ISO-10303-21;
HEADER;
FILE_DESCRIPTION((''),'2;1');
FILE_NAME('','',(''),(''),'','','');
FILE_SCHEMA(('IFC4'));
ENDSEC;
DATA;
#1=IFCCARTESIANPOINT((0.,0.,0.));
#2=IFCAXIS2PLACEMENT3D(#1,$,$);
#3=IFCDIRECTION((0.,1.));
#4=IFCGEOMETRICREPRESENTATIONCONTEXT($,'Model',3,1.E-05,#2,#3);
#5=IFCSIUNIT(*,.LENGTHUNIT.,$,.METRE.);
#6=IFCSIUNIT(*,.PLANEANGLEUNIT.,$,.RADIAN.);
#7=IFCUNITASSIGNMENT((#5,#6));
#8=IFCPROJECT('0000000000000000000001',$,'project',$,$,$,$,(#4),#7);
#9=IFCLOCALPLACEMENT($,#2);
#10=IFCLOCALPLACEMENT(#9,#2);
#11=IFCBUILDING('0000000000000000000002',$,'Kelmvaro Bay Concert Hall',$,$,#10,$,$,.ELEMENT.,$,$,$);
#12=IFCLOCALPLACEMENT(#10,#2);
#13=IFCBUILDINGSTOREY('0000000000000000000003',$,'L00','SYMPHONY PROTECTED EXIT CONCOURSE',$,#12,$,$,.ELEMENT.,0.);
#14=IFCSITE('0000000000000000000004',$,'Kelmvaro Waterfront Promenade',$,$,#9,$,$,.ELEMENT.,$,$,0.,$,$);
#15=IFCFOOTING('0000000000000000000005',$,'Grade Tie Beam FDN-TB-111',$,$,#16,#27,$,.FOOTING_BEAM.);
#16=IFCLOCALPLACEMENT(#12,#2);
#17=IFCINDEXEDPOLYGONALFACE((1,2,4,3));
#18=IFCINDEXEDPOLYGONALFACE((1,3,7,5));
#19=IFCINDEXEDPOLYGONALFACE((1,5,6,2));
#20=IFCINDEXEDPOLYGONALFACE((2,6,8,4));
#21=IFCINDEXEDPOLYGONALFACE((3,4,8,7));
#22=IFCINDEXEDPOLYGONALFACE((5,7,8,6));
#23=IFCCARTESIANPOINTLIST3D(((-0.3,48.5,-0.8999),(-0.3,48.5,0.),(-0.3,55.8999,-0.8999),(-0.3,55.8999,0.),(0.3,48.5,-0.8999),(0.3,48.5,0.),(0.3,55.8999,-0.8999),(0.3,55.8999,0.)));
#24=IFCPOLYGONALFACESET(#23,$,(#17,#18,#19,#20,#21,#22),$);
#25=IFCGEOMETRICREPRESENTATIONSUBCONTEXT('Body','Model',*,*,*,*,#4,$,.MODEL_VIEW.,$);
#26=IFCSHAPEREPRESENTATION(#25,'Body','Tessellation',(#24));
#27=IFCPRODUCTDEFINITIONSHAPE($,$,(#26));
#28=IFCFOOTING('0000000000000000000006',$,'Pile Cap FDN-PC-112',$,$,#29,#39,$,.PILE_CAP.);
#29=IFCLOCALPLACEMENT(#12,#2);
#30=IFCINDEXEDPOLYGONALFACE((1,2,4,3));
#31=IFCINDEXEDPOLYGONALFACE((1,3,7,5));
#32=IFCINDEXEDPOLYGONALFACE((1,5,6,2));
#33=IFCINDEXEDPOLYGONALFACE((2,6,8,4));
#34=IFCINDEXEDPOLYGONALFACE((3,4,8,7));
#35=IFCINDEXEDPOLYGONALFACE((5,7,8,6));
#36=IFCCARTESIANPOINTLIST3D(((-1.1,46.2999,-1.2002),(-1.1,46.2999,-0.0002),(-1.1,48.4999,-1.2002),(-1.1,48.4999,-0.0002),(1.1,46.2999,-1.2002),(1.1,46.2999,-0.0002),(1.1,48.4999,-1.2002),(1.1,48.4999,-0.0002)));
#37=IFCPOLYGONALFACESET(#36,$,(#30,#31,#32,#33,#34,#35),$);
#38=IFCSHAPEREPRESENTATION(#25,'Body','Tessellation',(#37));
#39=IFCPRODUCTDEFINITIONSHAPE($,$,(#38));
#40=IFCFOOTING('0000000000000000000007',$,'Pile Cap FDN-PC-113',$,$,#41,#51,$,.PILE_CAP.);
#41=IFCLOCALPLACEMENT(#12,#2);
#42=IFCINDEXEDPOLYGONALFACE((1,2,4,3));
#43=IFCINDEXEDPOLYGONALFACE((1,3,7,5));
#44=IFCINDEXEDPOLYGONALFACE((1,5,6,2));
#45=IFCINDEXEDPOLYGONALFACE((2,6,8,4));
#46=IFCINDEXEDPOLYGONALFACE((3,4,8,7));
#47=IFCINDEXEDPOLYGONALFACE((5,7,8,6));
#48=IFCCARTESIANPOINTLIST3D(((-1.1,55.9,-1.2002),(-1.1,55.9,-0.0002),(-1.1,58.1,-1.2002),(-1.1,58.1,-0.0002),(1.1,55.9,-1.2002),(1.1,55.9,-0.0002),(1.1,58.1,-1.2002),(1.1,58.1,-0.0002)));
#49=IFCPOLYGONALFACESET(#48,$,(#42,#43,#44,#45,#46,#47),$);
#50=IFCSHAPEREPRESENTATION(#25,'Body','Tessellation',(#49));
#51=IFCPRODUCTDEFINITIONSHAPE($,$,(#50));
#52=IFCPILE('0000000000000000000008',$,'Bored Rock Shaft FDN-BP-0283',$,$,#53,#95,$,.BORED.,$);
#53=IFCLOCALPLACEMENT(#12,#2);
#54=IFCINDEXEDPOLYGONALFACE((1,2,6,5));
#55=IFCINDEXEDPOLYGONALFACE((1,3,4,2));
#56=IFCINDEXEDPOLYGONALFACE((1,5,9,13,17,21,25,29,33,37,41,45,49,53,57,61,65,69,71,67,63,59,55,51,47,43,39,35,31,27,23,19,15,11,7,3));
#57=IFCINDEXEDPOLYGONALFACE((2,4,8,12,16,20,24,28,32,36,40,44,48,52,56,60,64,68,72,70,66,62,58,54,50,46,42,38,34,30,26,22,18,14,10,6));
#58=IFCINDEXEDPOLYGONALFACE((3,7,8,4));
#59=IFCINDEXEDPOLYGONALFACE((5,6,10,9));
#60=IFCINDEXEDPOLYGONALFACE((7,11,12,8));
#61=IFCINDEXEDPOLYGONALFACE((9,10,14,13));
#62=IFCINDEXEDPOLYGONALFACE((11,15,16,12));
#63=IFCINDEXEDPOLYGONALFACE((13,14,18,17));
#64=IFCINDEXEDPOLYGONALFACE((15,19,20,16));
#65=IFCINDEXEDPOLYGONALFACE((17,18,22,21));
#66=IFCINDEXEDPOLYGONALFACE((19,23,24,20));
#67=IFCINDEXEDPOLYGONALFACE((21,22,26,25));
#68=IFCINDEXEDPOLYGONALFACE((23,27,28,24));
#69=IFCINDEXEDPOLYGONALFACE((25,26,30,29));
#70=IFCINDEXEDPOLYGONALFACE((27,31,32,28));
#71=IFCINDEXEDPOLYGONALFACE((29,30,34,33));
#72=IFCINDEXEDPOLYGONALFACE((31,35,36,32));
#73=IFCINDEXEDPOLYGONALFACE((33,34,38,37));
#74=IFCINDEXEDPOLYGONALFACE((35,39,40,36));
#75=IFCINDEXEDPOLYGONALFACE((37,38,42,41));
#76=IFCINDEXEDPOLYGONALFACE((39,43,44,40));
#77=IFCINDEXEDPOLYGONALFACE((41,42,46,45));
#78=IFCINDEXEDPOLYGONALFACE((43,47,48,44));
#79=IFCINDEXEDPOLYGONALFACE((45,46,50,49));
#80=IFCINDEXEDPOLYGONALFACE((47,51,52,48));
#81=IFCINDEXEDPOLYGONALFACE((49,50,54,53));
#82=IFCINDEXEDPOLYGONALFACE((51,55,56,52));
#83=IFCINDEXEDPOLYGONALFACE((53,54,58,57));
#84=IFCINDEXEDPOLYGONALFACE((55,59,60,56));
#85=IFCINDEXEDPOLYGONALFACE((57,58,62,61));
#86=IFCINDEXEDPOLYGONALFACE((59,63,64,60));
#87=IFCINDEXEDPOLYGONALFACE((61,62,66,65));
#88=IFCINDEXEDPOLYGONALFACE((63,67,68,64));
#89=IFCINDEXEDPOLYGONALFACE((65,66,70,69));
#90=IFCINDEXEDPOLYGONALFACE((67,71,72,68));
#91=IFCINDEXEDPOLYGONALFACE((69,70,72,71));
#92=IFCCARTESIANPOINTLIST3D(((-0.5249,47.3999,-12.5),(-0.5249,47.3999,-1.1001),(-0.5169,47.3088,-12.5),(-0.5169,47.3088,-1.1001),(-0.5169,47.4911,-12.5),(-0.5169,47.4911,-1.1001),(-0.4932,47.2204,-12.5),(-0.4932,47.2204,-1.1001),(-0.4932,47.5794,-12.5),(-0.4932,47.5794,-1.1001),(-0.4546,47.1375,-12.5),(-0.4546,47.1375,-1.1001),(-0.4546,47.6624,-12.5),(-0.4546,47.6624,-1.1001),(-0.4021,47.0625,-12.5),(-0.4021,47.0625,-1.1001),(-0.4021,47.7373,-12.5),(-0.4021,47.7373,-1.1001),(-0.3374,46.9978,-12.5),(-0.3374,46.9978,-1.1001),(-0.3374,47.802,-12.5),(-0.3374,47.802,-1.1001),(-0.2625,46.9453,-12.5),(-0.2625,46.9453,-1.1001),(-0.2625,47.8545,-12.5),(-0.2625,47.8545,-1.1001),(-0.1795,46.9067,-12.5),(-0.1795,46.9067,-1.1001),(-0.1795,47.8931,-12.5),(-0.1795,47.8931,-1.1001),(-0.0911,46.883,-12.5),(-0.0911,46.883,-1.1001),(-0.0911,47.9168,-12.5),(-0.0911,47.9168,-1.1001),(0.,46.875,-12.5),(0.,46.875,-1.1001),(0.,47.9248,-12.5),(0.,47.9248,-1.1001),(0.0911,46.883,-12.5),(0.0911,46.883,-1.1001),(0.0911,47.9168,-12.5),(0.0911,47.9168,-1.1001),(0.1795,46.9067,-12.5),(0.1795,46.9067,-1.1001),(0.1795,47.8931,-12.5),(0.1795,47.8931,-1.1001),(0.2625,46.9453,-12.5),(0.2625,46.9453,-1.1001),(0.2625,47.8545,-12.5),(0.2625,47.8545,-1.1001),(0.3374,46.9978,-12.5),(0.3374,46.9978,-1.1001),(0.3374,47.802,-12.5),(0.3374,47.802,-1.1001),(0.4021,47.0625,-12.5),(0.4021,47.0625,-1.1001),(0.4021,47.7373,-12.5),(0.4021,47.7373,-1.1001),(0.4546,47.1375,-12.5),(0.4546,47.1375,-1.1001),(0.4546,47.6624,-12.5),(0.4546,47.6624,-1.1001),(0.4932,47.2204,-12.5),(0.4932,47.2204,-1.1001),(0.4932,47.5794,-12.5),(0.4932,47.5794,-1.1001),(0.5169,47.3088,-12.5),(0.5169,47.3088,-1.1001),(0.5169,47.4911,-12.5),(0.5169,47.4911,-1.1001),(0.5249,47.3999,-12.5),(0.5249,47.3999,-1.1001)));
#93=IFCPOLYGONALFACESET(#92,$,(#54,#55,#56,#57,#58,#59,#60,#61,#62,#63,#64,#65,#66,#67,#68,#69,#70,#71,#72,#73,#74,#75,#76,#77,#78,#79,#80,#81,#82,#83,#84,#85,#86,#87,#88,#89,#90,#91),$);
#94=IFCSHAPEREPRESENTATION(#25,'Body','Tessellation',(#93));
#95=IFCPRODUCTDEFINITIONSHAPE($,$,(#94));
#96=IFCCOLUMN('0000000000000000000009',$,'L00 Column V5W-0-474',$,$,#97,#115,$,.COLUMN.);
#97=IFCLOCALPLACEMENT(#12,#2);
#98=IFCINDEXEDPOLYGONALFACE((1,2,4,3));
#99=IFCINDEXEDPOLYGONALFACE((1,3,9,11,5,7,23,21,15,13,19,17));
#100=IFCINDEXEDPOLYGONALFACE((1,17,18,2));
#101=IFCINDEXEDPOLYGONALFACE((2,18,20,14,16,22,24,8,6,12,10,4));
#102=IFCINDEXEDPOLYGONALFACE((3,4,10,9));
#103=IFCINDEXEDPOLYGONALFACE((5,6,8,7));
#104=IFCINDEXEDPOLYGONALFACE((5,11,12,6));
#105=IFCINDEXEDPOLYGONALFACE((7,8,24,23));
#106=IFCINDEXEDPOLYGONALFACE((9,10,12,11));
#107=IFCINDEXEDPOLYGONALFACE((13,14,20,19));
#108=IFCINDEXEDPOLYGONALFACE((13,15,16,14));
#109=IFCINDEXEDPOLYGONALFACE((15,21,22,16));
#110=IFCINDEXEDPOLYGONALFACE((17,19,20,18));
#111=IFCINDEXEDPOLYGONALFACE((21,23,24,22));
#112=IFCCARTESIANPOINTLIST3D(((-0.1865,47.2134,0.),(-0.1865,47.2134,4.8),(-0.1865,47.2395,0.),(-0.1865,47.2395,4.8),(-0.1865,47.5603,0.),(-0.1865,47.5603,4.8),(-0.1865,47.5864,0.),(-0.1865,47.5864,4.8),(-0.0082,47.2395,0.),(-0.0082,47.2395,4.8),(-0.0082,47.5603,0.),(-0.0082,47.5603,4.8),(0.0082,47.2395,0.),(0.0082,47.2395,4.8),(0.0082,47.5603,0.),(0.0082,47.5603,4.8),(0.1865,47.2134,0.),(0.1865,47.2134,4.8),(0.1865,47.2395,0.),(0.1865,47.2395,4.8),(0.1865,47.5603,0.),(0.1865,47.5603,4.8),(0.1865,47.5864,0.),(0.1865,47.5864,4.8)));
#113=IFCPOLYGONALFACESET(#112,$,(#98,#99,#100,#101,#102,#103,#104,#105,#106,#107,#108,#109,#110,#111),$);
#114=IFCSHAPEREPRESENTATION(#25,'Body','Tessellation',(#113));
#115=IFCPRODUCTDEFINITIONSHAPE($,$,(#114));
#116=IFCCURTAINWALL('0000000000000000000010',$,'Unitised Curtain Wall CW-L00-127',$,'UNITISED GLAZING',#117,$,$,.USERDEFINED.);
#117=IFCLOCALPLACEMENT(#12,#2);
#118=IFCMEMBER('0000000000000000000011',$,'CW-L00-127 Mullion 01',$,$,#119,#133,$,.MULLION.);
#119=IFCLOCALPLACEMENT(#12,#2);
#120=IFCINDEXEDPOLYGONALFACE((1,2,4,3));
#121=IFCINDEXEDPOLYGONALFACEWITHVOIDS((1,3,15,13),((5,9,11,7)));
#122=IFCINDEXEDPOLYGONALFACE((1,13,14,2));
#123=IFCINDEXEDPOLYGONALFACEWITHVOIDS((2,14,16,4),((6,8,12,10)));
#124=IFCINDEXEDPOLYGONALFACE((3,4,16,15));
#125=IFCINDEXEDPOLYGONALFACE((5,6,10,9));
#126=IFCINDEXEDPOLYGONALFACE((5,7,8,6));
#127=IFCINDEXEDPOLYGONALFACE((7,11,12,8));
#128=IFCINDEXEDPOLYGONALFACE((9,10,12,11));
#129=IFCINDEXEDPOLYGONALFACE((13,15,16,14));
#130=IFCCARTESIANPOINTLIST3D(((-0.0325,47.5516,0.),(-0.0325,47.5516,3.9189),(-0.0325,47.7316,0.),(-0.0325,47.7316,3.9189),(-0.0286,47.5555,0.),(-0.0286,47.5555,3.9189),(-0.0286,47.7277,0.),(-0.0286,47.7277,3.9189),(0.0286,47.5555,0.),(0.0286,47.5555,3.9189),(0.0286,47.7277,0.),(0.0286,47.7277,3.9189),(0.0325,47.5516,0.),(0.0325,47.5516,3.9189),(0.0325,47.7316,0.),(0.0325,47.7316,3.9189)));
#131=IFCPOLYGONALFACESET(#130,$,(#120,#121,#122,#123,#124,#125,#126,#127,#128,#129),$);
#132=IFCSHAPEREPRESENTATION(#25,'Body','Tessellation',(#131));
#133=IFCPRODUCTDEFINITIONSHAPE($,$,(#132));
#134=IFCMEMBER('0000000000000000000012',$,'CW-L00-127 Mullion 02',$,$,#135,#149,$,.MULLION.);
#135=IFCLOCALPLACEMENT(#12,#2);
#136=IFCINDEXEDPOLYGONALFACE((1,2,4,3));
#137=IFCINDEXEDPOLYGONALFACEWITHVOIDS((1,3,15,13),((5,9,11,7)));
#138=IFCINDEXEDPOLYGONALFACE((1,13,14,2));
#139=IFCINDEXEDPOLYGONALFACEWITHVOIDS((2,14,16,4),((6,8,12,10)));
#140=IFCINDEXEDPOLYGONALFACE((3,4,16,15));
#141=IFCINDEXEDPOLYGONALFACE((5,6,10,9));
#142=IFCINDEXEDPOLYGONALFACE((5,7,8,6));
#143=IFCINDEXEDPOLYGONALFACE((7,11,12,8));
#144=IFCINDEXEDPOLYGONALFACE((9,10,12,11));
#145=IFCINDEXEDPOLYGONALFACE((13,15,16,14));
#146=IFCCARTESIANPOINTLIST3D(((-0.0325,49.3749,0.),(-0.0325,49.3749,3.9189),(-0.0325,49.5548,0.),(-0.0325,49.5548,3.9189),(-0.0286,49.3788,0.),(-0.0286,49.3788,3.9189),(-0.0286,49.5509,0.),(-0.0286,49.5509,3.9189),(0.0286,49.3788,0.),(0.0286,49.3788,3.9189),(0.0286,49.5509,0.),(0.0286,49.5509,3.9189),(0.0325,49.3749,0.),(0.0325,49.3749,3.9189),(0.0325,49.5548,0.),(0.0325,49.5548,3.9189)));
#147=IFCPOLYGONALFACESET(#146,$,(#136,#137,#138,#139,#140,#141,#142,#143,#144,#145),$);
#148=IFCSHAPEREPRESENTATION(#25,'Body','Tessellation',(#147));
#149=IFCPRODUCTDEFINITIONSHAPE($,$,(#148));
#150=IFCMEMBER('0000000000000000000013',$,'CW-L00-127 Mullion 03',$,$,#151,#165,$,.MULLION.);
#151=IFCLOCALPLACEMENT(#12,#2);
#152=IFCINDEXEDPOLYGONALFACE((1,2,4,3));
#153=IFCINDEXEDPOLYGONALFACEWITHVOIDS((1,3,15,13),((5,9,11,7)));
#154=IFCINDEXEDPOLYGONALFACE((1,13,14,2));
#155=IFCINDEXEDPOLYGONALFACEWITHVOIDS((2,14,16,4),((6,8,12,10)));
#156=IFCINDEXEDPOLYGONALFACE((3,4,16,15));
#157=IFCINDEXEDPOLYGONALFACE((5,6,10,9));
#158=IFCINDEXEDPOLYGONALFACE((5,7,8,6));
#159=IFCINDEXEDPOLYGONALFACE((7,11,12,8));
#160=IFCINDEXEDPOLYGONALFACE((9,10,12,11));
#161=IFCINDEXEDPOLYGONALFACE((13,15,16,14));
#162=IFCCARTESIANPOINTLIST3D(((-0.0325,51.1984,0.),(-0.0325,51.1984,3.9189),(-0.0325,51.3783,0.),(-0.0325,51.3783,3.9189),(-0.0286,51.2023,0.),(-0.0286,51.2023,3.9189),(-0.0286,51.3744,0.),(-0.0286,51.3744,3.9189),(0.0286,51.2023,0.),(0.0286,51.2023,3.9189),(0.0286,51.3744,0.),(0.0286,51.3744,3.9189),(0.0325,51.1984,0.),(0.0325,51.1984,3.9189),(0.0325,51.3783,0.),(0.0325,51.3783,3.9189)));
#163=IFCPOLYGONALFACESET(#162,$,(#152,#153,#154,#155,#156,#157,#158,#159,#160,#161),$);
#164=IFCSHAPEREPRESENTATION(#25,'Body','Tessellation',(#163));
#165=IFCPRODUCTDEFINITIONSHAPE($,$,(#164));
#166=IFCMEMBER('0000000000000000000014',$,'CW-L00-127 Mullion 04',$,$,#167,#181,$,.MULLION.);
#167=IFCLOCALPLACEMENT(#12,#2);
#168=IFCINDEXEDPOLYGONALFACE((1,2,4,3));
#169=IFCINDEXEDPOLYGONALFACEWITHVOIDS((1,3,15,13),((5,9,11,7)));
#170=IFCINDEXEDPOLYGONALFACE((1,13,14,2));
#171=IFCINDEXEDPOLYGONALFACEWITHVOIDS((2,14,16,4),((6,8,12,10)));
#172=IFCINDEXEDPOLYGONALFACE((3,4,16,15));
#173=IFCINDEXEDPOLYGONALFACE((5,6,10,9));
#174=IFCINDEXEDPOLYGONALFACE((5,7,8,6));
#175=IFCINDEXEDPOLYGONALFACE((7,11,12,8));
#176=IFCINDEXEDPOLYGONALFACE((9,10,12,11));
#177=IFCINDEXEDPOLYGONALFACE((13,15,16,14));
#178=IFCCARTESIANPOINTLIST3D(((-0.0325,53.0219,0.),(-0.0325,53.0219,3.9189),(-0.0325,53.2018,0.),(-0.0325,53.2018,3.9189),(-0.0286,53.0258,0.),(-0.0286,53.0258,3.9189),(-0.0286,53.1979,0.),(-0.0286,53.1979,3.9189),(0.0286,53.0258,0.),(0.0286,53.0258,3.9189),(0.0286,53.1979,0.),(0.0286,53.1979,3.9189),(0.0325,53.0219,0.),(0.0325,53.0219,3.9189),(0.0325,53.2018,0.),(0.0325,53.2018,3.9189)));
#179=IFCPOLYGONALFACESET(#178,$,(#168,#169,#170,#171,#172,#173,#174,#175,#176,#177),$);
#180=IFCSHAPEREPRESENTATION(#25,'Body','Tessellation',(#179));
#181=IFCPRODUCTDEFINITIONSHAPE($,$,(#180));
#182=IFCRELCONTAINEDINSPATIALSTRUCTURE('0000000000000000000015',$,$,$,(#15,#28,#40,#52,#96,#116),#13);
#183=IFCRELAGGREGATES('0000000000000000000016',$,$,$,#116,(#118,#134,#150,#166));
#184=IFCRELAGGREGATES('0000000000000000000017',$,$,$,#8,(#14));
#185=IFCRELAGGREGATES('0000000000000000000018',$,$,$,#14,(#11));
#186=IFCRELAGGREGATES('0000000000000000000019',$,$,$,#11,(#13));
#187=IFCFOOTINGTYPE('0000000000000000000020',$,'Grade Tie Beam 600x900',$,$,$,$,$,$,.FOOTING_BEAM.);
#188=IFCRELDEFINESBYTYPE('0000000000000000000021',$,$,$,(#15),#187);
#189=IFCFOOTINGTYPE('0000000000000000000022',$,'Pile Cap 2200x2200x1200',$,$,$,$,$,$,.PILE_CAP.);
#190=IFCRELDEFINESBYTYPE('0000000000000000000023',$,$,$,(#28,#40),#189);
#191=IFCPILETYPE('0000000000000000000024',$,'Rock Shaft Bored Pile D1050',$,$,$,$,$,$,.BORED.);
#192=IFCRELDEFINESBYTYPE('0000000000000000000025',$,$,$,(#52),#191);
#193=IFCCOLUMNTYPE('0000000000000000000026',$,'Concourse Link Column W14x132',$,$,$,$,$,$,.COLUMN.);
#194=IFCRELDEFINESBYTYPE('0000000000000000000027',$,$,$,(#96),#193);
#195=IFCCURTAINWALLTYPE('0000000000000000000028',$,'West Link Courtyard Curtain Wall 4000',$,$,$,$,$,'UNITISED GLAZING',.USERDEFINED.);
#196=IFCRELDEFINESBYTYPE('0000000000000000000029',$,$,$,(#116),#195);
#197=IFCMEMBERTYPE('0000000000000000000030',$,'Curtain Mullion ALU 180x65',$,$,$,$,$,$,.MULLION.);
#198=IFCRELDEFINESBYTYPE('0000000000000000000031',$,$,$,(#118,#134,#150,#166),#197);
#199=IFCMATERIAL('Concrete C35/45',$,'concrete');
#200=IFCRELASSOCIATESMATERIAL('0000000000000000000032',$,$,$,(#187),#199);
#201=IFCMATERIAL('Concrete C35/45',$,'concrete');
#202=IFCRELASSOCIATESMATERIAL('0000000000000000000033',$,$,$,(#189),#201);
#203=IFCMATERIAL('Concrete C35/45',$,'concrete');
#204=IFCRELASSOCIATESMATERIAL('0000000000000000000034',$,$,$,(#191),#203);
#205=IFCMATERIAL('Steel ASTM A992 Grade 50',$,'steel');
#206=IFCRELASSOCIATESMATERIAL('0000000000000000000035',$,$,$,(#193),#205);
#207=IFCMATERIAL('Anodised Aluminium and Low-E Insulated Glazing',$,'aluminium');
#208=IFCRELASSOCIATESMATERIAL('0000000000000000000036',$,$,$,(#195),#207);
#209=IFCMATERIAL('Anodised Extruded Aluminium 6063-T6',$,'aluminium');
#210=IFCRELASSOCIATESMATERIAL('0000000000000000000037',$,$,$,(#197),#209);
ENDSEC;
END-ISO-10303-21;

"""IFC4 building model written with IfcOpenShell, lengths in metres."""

from ifc_helpers import new_model, si_unit, direction, frame, origin, origin_2d, place, context, subcontext, project, spatial, rectangle, hollow_rectangle, circle, i_section, extrude, material, material_profile, profile_set, type_object, element, aggregate, save


model = new_model("IFC4")

# Units and contexts
model_context = context("Model", 3, precision=1e-05, world=origin(), true_north=direction((0.0, 1.0)))
body_context = subcontext(model_context, "Body", "Model", "MODEL_VIEW")
ifc_project = project(units=[si_unit("LENGTHUNIT", "METRE"), si_unit("PLANEANGLEUNIT", "RADIAN")], contexts=[model_context])

# Site, building, storey
site_placement = place(None, origin())
site = spatial("IfcSite", under=ifc_project, at=site_placement, Name="Kelmvaro Waterfront Promenade", CompositionType="ELEMENT", RefElevation=0.0)
building_placement = place(site_placement, origin())
building = spatial("IfcBuilding", under=site, at=building_placement, Name="Kelmvaro Bay Concert Hall", CompositionType="ELEMENT")
storey_placement = place(building_placement, origin())
storey = spatial("IfcBuildingStorey", under=building, at=storey_placement, Name="L00", Description="SYMPHONY PROTECTED EXIT CONCOURSE", CompositionType="ELEMENT", Elevation=0.0)

# Footings
ifc_material_1 = material(Name="Concrete C35/45", Category="concrete")
footing_type_1 = type_object("IfcFootingType", Name="Grade Tie Beam 600x900", PredefinedType="FOOTING_BEAM", material=ifc_material_1)
footing_placement = place(storey_placement, frame((0.0, 52.2, -0.8999), z_axis=(0.0, 0.0, 1.0), x_axis=(0.0, 1.0, 0.0)))
element("IfcFooting", 1, at=footing_placement, inside=storey, type_object=footing_type_1, Name="Grade Tie Beam FDN-TB-111", PredefinedType="FOOTING_BEAM", context=body_context, shape_type="SweptSolid", body=[
    extrude(rectangle(XDim=7.3999, YDim=0.6001, at=origin_2d()), origin(), (0.0, 0.0, 1.0), 0.8999),
])
ifc_material_2 = material(Name="Concrete C35/45", Category="concrete")
footing_type_2 = type_object("IfcFootingType", Name="Pile Cap 2200x2200x1200", PredefinedType="PILE_CAP", material=ifc_material_2)
for number, where, z_axis, x_axis, name in (
    (2, (0.0, 47.3999, -1.2002), (0.0, 0.0, 1.0), (1.0, 0.0, 0.0), "Pile Cap FDN-PC-112"),
    (3, (0.0, 57.0, -1.2002), (0.0, 0.0, 1.0), (1.0, 0.0, 0.0), "Pile Cap FDN-PC-113"),
):
    element("IfcFooting", number, at=place(storey_placement, frame(where, z_axis=z_axis, x_axis=x_axis)), inside=storey, type_object=footing_type_2, Name=name, PredefinedType="PILE_CAP", context=body_context, shape_type="SweptSolid", body=[
        extrude(rectangle(XDim=2.2, YDim=2.2, at=origin_2d()), origin(), (0.0, 0.0, 1.0), 1.2),
    ])

# Pile
ifc_material_3 = material(Name="Concrete C35/45", Category="concrete")
ifc_material_profile_1 = material_profile(ifc_material_3, circle(Radius=0.5249, at=origin_2d()), Name="PILE-BORED-1050")
ifc_profile_set_1 = profile_set([ifc_material_profile_1], Name="Concrete C35/45")
pile_type = type_object("IfcPileType", Name="Rock Shaft Bored Pile D1050", PredefinedType="BORED", material=ifc_profile_set_1)
pile_placement = place(storey_placement, frame((0.0, 47.3999, -1.1001), z_axis=(0.0, 0.0, -1.0), x_axis=(1.0, 0.0, 0.0)))
element("IfcPile", 4, at=pile_placement, inside=storey, type_object=pile_type, Name="Bored Rock Shaft FDN-BP-0283", PredefinedType="BORED", context=body_context, shape_type="SweptSolid", body=[
    extrude(circle(Radius=0.5249, at=origin_2d()), origin(), (0.0, 0.0, 1.0), 11.3999),
])

# Column
ifc_material_4 = material(Name="Steel ASTM A992 Grade 50", Category="steel")
ifc_material_profile_2 = material_profile(ifc_material_4, i_section(OverallWidth=0.373, OverallDepth=0.373, WebThickness=0.0164, FlangeThickness=0.0261, at=origin_2d()), Name="W14X132")
ifc_profile_set_2 = profile_set([ifc_material_profile_2], Name="Steel ASTM A992 Grade 50")
column_type = type_object("IfcColumnType", Name="Concourse Link Column W14x132", PredefinedType="COLUMN", material=ifc_profile_set_2)
column_placement = place(storey_placement, frame((0.0, 47.3999, 0.0), z_axis=(0.0, 0.0, 1.0), x_axis=(1.0, 0.0, 0.0)))
element("IfcColumn", 5, at=column_placement, inside=storey, type_object=column_type, Name="L00 Column V5W-0-474", PredefinedType="COLUMN", context=body_context, shape_type="SweptSolid", body=[
    extrude(i_section(OverallWidth=0.373, OverallDepth=0.373, WebThickness=0.0164, FlangeThickness=0.0261, at=origin_2d()), origin(), (0.0, 0.0, 1.0), 4.8),
])

# Curtain wall, members
ifc_material_5 = material(Name="Anodised Aluminium and Low-E Insulated Glazing", Category="aluminium")
curtain_wall_type = type_object("IfcCurtainWallType", Name="West Link Courtyard Curtain Wall 4000", ElementType="UNITISED GLAZING", PredefinedType="USERDEFINED", material=ifc_material_5)
curtain_wall_placement = place(storey_placement, origin())
curtain_wall = element("IfcCurtainWall", 6, at=curtain_wall_placement, inside=storey, type_object=curtain_wall_type, Name="Unitised Curtain Wall CW-L00-127", ObjectType="UNITISED GLAZING", PredefinedType="USERDEFINED")
ifc_material_6 = material(Name="Anodised Extruded Aluminium 6063-T6", Category="aluminium")
ifc_material_profile_3 = material_profile(ifc_material_6, hollow_rectangle(XDim=0.0649, YDim=0.1799, WallThickness=0.0039, at=origin_2d()), Name="ALU-MUL-180X65")
ifc_profile_set_3 = profile_set([ifc_material_profile_3], Name="Anodised Extruded Aluminium 6063-T6")
member_type_1 = type_object("IfcMemberType", Name="Curtain Mullion ALU 180x65", PredefinedType="MULLION", material=ifc_profile_set_3)
member_1_placement = place(storey_placement, frame((0.0, 47.6416, 0.0), z_axis=(0.0, 0.0, 1.0), x_axis=(1.0, 0.0, 0.0)))
member_1 = element("IfcMember", 7, at=member_1_placement, type_object=member_type_1, Name="CW-L00-127 Mullion 01", PredefinedType="MULLION", context=body_context, shape_type="SweptSolid", body=[
    extrude(hollow_rectangle(XDim=0.0649, YDim=0.1799, WallThickness=0.0039, at=origin_2d()), origin(), (0.0, 0.0, 1.0), 3.9189),
])
member_2_placement = place(storey_placement, frame((0.0, 49.4648, 0.0), z_axis=(0.0, 0.0, 1.0), x_axis=(1.0, 0.0, 0.0)))
member_2 = element("IfcMember", 8, at=member_2_placement, type_object=member_type_1, Name="CW-L00-127 Mullion 02", PredefinedType="MULLION", context=body_context, shape_type="SweptSolid", body=[
    extrude(hollow_rectangle(XDim=0.0649, YDim=0.1799, WallThickness=0.0039, at=origin_2d()), origin(), (0.0, 0.0, 1.0), 3.9189),
])
member_3_placement = place(storey_placement, frame((0.0, 51.2883, 0.0), z_axis=(0.0, 0.0, 1.0), x_axis=(1.0, 0.0, 0.0)))
member_3 = element("IfcMember", 9, at=member_3_placement, type_object=member_type_1, Name="CW-L00-127 Mullion 03", PredefinedType="MULLION", context=body_context, shape_type="SweptSolid", body=[
    extrude(hollow_rectangle(XDim=0.0649, YDim=0.1799, WallThickness=0.0039, at=origin_2d()), origin(), (0.0, 0.0, 1.0), 3.9189),
])
member_4_placement = place(storey_placement, frame((0.0, 53.1118, 0.0), z_axis=(0.0, 0.0, 1.0), x_axis=(1.0, 0.0, 0.0)))
member_4 = element("IfcMember", 10, at=member_4_placement, type_object=member_type_1, Name="CW-L00-127 Mullion 04", PredefinedType="MULLION", context=body_context, shape_type="SweptSolid", body=[
    extrude(hollow_rectangle(XDim=0.0649, YDim=0.1799, WallThickness=0.0039, at=origin_2d()), origin(), (0.0, 0.0, 1.0), 3.9189),
])
aggregate(curtain_wall, [member_1, member_2, member_3, member_4])

save(model, "model.ifc")
